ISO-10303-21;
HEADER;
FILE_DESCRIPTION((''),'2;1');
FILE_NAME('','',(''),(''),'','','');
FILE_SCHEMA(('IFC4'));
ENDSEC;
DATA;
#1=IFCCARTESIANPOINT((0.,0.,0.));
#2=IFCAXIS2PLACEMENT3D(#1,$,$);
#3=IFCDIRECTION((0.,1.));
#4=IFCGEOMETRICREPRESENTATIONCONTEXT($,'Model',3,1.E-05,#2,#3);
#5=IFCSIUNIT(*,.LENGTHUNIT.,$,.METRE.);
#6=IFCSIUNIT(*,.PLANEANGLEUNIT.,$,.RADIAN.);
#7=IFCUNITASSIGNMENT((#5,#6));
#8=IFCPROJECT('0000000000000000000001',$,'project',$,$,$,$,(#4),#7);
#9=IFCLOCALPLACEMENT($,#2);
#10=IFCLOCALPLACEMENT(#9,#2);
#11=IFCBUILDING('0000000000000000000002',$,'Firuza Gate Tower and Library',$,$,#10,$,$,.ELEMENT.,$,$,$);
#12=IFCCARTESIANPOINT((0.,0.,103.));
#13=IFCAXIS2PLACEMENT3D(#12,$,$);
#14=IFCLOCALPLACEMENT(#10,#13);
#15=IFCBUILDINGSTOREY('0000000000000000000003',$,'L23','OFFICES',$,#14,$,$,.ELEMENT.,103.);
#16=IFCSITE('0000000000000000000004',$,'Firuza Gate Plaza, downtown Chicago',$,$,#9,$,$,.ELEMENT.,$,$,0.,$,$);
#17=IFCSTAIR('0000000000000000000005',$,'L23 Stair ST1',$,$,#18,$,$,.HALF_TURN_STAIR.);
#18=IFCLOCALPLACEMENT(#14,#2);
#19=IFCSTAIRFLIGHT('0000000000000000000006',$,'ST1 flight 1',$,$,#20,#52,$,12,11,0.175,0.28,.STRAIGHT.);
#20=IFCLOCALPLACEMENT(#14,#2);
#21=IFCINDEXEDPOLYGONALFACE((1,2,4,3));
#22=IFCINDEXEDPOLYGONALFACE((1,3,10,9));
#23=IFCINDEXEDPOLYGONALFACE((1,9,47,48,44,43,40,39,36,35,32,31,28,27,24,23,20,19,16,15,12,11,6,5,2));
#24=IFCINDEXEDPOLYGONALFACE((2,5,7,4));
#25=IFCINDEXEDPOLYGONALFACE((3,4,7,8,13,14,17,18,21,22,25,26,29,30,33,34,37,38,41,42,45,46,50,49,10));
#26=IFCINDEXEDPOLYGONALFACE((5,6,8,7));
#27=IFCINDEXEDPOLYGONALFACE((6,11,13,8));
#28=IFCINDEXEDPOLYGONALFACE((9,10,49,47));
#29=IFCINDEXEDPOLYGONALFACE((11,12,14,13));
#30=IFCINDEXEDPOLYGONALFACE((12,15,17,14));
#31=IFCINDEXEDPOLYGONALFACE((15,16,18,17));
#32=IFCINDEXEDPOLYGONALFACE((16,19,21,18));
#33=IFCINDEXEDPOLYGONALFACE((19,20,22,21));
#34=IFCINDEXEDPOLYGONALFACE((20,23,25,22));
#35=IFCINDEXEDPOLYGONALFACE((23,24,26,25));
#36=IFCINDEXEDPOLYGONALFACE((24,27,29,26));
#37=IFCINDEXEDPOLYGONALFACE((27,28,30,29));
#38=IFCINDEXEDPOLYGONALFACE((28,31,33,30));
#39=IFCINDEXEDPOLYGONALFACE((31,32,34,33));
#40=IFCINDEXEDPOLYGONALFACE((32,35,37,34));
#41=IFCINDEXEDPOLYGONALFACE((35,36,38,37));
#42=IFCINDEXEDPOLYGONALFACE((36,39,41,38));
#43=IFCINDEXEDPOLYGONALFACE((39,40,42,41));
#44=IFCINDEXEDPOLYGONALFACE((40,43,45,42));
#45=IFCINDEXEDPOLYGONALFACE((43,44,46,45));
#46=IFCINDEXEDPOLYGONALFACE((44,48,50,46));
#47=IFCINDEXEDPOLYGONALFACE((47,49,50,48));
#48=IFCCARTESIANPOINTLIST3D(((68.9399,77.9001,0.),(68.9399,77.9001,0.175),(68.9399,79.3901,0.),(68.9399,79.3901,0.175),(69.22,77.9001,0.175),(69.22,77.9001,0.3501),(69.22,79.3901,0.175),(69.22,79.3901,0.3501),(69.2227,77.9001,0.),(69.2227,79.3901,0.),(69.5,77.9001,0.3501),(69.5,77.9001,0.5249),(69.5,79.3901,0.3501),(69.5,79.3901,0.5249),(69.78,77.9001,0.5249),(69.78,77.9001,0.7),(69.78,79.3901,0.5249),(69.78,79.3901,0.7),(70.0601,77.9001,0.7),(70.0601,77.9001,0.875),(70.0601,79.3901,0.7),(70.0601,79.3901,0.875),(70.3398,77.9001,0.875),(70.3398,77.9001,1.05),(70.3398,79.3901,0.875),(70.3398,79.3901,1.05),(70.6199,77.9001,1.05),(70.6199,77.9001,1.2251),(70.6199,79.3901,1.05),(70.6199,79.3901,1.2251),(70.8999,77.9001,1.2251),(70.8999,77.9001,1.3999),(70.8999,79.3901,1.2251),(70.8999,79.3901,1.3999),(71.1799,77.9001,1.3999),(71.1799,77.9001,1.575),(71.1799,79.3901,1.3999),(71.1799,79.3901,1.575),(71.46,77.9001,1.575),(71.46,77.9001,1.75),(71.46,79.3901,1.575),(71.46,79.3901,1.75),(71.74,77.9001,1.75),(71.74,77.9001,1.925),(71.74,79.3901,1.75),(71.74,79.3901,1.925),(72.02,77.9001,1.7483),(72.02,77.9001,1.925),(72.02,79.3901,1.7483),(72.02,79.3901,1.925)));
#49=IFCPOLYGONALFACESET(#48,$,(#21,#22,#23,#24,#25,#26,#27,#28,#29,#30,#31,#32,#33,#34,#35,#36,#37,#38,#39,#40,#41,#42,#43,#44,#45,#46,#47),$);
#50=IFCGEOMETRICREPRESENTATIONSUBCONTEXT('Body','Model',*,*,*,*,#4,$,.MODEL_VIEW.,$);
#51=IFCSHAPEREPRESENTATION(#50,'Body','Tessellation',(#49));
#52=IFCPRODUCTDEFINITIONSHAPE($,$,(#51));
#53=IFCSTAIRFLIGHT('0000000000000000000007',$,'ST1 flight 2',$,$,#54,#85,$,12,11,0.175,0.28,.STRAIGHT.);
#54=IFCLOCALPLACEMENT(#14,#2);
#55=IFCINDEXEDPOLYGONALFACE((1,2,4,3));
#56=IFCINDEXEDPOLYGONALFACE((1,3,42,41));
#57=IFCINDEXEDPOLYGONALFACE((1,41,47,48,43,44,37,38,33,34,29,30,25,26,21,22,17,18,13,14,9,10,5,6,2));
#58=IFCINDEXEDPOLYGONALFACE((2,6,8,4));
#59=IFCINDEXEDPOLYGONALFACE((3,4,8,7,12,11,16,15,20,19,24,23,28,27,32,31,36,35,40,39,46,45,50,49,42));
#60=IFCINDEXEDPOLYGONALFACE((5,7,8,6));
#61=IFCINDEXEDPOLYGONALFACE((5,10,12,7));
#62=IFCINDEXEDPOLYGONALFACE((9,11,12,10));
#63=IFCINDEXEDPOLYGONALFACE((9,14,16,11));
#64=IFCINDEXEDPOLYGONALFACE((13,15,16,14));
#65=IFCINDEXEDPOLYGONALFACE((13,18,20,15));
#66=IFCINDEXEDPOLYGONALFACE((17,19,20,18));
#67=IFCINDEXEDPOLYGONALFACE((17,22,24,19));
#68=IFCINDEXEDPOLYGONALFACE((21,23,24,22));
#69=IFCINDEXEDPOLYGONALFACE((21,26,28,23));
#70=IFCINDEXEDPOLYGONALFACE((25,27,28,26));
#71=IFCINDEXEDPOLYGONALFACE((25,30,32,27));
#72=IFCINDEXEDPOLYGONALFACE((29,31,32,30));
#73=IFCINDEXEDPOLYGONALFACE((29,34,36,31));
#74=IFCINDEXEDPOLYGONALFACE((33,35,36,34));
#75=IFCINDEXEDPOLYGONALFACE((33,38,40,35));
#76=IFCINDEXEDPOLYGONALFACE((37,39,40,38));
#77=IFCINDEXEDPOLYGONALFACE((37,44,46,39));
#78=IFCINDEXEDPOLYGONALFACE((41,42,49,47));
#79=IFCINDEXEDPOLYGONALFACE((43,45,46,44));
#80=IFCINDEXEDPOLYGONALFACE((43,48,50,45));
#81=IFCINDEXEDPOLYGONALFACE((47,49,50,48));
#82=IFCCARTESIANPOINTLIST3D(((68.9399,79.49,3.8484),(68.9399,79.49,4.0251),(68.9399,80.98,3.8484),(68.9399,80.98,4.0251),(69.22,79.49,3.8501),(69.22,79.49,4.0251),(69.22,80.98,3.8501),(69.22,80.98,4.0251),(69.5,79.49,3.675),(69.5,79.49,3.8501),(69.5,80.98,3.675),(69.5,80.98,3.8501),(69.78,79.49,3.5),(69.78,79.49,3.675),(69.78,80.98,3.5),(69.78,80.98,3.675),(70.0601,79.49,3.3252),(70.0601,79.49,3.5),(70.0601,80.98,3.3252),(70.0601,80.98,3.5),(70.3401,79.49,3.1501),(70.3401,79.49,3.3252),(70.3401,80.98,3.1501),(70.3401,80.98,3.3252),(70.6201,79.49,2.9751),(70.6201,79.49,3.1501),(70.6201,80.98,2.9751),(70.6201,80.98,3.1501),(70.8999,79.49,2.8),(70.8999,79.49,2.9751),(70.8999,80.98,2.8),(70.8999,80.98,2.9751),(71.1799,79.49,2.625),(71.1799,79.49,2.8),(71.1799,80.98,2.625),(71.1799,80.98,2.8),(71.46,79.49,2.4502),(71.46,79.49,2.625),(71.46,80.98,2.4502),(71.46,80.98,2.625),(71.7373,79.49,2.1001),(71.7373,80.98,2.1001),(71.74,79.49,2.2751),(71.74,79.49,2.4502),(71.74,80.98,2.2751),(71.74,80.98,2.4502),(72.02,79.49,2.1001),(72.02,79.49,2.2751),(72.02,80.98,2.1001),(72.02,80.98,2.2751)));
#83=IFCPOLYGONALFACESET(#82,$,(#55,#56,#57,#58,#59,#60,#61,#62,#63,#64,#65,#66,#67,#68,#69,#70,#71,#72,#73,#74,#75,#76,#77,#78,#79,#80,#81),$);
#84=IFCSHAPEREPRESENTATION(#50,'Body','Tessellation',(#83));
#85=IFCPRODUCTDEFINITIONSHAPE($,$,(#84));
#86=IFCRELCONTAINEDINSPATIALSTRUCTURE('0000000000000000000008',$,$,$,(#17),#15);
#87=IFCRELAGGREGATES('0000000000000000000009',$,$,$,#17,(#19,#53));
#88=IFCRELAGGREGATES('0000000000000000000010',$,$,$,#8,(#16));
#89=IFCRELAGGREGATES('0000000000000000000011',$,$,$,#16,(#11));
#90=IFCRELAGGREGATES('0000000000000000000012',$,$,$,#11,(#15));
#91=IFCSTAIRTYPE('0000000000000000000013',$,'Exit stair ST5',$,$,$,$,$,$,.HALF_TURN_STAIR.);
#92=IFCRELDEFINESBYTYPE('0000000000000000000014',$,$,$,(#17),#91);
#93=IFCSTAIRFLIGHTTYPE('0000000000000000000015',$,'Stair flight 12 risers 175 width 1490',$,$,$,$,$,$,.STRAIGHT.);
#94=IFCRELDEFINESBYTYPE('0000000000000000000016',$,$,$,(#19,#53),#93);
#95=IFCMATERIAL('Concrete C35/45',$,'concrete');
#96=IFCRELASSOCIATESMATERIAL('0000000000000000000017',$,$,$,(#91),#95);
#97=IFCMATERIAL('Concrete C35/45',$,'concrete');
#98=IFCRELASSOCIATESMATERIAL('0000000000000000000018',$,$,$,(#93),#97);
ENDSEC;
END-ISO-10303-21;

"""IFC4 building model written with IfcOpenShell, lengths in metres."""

from ifc_helpers import new_model, si_unit, direction, frame, origin, place, context, subcontext, project, spatial, polyline, outline, extrude, material, type_object, element, aggregate, save


model = new_model("IFC4")

# Units and contexts
model_context = context("Model", 3, precision=1e-05, world=origin(), true_north=direction((0.0, 1.0)))
body_context = subcontext(model_context, "Body", "Model", "MODEL_VIEW")
ifc_project = project(units=[si_unit("LENGTHUNIT", "METRE"), si_unit("PLANEANGLEUNIT", "RADIAN")], contexts=[model_context])

# Site, building, storey
site_placement = place(None, origin())
site = spatial("IfcSite", under=ifc_project, at=site_placement, Name="Firuza Gate Plaza, downtown Chicago", CompositionType="ELEMENT", RefElevation=0.0)
building_placement = place(site_placement, origin())
building = spatial("IfcBuilding", under=site, at=building_placement, Name="Firuza Gate Tower and Library", CompositionType="ELEMENT")
storey_placement = place(building_placement, frame((0.0, 0.0, 103.0)))
storey = spatial("IfcBuildingStorey", under=building, at=storey_placement, Name="L23", Description="OFFICES", CompositionType="ELEMENT", Elevation=103.0)

# Stair, stair flights
ifc_material_1 = material(Name="Concrete C35/45", Category="concrete")
stair_type = type_object("IfcStairType", Name="Exit stair ST5", PredefinedType="HALF_TURN_STAIR", material=ifc_material_1)
stair_placement = place(storey_placement, origin())
stair = element("IfcStair", 1, at=stair_placement, inside=storey, type_object=stair_type, Name="L23 Stair ST1", PredefinedType="HALF_TURN_STAIR")
ifc_material_2 = material(Name="Concrete C35/45", Category="concrete")
stair_flight_type = type_object("IfcStairFlightType", Name="Stair flight 12 risers 175 width 1490", PredefinedType="STRAIGHT", material=ifc_material_2)
stair_flight_1_placement = place(storey_placement, frame((68.9399, 78.645, 0.0), z_axis=(0.0, 0.0, 1.0), x_axis=(1.0, 0.0, 0.0)))
stair_flight_1 = element("IfcStairFlight", 2, at=stair_flight_1_placement, type_object=stair_flight_type, Name="ST1 flight 1", NumberOfRisers=12, NumberOfTreads=11, PredefinedType="STRAIGHT", RiserHeight=0.175, TreadLength=0.28, context=body_context, shape_type="SweptSolid", body=[
    extrude(outline(polyline([(0.0, 0.0), (0.0, 0.175), (0.28, 0.175), (0.28, 0.3501), (0.5601, 0.3501), (0.5601, 0.5249), (0.8401, 0.5249), (0.8401, 0.7), (1.1201, 0.7), (1.1201, 0.875), (1.3999, 0.875), (1.3999, 1.05), (1.6799, 1.05), (1.6799, 1.2251), (1.96, 1.2251), (1.96, 1.3999), (2.24, 1.3999), (2.24, 1.575), (2.52, 1.575), (2.52, 1.75), (2.8, 1.75), (2.8, 1.925), (3.0801, 1.925), (3.0801, 2.1001), (3.0801, 1.7483), (0.2827, 0.0), (0.0, 0.0)])), frame((0.0, 0.7451, 0.0), z_axis=(0.0, -1.0, 0.0), x_axis=(1.0, 0.0, 0.0)), (0.0, 0.0, 1.0), 1.49),
])
stair_flight_2_placement = place(storey_placement, frame((72.02, 80.2351, 2.1001), z_axis=(0.0, 0.0, 1.0), x_axis=(-1.0, 0.0, 0.0)))
stair_flight_2 = element("IfcStairFlight", 3, at=stair_flight_2_placement, type_object=stair_flight_type, Name="ST1 flight 2", NumberOfRisers=12, NumberOfTreads=11, PredefinedType="STRAIGHT", RiserHeight=0.175, TreadLength=0.28, context=body_context, shape_type="SweptSolid", body=[
    extrude(outline(polyline([(0.0, 0.0), (0.0, 0.175), (0.28, 0.175), (0.28, 0.3501), (0.5601, 0.3501), (0.5601, 0.5249), (0.8401, 0.5249), (0.8401, 0.7), (1.1201, 0.7), (1.1201, 0.875), (1.3999, 0.875), (1.3999, 1.05), (1.6799, 1.05), (1.6799, 1.2251), (1.96, 1.2251), (1.96, 1.3999), (2.24, 1.3999), (2.24, 1.575), (2.52, 1.575), (2.52, 1.75), (2.8, 1.75), (2.8, 1.925), (3.0801, 1.925), (3.0801, 2.1001), (3.0801, 1.7483), (0.2827, 0.0), (0.0, 0.0)])), frame((0.0, 0.7451, 0.0), z_axis=(0.0, -1.0, 0.0), x_axis=(1.0, 0.0, 0.0)), (0.0, 0.0, 1.0), 1.49),
])
aggregate(stair, [stair_flight_1, stair_flight_2])

save(model, "model.ifc")
